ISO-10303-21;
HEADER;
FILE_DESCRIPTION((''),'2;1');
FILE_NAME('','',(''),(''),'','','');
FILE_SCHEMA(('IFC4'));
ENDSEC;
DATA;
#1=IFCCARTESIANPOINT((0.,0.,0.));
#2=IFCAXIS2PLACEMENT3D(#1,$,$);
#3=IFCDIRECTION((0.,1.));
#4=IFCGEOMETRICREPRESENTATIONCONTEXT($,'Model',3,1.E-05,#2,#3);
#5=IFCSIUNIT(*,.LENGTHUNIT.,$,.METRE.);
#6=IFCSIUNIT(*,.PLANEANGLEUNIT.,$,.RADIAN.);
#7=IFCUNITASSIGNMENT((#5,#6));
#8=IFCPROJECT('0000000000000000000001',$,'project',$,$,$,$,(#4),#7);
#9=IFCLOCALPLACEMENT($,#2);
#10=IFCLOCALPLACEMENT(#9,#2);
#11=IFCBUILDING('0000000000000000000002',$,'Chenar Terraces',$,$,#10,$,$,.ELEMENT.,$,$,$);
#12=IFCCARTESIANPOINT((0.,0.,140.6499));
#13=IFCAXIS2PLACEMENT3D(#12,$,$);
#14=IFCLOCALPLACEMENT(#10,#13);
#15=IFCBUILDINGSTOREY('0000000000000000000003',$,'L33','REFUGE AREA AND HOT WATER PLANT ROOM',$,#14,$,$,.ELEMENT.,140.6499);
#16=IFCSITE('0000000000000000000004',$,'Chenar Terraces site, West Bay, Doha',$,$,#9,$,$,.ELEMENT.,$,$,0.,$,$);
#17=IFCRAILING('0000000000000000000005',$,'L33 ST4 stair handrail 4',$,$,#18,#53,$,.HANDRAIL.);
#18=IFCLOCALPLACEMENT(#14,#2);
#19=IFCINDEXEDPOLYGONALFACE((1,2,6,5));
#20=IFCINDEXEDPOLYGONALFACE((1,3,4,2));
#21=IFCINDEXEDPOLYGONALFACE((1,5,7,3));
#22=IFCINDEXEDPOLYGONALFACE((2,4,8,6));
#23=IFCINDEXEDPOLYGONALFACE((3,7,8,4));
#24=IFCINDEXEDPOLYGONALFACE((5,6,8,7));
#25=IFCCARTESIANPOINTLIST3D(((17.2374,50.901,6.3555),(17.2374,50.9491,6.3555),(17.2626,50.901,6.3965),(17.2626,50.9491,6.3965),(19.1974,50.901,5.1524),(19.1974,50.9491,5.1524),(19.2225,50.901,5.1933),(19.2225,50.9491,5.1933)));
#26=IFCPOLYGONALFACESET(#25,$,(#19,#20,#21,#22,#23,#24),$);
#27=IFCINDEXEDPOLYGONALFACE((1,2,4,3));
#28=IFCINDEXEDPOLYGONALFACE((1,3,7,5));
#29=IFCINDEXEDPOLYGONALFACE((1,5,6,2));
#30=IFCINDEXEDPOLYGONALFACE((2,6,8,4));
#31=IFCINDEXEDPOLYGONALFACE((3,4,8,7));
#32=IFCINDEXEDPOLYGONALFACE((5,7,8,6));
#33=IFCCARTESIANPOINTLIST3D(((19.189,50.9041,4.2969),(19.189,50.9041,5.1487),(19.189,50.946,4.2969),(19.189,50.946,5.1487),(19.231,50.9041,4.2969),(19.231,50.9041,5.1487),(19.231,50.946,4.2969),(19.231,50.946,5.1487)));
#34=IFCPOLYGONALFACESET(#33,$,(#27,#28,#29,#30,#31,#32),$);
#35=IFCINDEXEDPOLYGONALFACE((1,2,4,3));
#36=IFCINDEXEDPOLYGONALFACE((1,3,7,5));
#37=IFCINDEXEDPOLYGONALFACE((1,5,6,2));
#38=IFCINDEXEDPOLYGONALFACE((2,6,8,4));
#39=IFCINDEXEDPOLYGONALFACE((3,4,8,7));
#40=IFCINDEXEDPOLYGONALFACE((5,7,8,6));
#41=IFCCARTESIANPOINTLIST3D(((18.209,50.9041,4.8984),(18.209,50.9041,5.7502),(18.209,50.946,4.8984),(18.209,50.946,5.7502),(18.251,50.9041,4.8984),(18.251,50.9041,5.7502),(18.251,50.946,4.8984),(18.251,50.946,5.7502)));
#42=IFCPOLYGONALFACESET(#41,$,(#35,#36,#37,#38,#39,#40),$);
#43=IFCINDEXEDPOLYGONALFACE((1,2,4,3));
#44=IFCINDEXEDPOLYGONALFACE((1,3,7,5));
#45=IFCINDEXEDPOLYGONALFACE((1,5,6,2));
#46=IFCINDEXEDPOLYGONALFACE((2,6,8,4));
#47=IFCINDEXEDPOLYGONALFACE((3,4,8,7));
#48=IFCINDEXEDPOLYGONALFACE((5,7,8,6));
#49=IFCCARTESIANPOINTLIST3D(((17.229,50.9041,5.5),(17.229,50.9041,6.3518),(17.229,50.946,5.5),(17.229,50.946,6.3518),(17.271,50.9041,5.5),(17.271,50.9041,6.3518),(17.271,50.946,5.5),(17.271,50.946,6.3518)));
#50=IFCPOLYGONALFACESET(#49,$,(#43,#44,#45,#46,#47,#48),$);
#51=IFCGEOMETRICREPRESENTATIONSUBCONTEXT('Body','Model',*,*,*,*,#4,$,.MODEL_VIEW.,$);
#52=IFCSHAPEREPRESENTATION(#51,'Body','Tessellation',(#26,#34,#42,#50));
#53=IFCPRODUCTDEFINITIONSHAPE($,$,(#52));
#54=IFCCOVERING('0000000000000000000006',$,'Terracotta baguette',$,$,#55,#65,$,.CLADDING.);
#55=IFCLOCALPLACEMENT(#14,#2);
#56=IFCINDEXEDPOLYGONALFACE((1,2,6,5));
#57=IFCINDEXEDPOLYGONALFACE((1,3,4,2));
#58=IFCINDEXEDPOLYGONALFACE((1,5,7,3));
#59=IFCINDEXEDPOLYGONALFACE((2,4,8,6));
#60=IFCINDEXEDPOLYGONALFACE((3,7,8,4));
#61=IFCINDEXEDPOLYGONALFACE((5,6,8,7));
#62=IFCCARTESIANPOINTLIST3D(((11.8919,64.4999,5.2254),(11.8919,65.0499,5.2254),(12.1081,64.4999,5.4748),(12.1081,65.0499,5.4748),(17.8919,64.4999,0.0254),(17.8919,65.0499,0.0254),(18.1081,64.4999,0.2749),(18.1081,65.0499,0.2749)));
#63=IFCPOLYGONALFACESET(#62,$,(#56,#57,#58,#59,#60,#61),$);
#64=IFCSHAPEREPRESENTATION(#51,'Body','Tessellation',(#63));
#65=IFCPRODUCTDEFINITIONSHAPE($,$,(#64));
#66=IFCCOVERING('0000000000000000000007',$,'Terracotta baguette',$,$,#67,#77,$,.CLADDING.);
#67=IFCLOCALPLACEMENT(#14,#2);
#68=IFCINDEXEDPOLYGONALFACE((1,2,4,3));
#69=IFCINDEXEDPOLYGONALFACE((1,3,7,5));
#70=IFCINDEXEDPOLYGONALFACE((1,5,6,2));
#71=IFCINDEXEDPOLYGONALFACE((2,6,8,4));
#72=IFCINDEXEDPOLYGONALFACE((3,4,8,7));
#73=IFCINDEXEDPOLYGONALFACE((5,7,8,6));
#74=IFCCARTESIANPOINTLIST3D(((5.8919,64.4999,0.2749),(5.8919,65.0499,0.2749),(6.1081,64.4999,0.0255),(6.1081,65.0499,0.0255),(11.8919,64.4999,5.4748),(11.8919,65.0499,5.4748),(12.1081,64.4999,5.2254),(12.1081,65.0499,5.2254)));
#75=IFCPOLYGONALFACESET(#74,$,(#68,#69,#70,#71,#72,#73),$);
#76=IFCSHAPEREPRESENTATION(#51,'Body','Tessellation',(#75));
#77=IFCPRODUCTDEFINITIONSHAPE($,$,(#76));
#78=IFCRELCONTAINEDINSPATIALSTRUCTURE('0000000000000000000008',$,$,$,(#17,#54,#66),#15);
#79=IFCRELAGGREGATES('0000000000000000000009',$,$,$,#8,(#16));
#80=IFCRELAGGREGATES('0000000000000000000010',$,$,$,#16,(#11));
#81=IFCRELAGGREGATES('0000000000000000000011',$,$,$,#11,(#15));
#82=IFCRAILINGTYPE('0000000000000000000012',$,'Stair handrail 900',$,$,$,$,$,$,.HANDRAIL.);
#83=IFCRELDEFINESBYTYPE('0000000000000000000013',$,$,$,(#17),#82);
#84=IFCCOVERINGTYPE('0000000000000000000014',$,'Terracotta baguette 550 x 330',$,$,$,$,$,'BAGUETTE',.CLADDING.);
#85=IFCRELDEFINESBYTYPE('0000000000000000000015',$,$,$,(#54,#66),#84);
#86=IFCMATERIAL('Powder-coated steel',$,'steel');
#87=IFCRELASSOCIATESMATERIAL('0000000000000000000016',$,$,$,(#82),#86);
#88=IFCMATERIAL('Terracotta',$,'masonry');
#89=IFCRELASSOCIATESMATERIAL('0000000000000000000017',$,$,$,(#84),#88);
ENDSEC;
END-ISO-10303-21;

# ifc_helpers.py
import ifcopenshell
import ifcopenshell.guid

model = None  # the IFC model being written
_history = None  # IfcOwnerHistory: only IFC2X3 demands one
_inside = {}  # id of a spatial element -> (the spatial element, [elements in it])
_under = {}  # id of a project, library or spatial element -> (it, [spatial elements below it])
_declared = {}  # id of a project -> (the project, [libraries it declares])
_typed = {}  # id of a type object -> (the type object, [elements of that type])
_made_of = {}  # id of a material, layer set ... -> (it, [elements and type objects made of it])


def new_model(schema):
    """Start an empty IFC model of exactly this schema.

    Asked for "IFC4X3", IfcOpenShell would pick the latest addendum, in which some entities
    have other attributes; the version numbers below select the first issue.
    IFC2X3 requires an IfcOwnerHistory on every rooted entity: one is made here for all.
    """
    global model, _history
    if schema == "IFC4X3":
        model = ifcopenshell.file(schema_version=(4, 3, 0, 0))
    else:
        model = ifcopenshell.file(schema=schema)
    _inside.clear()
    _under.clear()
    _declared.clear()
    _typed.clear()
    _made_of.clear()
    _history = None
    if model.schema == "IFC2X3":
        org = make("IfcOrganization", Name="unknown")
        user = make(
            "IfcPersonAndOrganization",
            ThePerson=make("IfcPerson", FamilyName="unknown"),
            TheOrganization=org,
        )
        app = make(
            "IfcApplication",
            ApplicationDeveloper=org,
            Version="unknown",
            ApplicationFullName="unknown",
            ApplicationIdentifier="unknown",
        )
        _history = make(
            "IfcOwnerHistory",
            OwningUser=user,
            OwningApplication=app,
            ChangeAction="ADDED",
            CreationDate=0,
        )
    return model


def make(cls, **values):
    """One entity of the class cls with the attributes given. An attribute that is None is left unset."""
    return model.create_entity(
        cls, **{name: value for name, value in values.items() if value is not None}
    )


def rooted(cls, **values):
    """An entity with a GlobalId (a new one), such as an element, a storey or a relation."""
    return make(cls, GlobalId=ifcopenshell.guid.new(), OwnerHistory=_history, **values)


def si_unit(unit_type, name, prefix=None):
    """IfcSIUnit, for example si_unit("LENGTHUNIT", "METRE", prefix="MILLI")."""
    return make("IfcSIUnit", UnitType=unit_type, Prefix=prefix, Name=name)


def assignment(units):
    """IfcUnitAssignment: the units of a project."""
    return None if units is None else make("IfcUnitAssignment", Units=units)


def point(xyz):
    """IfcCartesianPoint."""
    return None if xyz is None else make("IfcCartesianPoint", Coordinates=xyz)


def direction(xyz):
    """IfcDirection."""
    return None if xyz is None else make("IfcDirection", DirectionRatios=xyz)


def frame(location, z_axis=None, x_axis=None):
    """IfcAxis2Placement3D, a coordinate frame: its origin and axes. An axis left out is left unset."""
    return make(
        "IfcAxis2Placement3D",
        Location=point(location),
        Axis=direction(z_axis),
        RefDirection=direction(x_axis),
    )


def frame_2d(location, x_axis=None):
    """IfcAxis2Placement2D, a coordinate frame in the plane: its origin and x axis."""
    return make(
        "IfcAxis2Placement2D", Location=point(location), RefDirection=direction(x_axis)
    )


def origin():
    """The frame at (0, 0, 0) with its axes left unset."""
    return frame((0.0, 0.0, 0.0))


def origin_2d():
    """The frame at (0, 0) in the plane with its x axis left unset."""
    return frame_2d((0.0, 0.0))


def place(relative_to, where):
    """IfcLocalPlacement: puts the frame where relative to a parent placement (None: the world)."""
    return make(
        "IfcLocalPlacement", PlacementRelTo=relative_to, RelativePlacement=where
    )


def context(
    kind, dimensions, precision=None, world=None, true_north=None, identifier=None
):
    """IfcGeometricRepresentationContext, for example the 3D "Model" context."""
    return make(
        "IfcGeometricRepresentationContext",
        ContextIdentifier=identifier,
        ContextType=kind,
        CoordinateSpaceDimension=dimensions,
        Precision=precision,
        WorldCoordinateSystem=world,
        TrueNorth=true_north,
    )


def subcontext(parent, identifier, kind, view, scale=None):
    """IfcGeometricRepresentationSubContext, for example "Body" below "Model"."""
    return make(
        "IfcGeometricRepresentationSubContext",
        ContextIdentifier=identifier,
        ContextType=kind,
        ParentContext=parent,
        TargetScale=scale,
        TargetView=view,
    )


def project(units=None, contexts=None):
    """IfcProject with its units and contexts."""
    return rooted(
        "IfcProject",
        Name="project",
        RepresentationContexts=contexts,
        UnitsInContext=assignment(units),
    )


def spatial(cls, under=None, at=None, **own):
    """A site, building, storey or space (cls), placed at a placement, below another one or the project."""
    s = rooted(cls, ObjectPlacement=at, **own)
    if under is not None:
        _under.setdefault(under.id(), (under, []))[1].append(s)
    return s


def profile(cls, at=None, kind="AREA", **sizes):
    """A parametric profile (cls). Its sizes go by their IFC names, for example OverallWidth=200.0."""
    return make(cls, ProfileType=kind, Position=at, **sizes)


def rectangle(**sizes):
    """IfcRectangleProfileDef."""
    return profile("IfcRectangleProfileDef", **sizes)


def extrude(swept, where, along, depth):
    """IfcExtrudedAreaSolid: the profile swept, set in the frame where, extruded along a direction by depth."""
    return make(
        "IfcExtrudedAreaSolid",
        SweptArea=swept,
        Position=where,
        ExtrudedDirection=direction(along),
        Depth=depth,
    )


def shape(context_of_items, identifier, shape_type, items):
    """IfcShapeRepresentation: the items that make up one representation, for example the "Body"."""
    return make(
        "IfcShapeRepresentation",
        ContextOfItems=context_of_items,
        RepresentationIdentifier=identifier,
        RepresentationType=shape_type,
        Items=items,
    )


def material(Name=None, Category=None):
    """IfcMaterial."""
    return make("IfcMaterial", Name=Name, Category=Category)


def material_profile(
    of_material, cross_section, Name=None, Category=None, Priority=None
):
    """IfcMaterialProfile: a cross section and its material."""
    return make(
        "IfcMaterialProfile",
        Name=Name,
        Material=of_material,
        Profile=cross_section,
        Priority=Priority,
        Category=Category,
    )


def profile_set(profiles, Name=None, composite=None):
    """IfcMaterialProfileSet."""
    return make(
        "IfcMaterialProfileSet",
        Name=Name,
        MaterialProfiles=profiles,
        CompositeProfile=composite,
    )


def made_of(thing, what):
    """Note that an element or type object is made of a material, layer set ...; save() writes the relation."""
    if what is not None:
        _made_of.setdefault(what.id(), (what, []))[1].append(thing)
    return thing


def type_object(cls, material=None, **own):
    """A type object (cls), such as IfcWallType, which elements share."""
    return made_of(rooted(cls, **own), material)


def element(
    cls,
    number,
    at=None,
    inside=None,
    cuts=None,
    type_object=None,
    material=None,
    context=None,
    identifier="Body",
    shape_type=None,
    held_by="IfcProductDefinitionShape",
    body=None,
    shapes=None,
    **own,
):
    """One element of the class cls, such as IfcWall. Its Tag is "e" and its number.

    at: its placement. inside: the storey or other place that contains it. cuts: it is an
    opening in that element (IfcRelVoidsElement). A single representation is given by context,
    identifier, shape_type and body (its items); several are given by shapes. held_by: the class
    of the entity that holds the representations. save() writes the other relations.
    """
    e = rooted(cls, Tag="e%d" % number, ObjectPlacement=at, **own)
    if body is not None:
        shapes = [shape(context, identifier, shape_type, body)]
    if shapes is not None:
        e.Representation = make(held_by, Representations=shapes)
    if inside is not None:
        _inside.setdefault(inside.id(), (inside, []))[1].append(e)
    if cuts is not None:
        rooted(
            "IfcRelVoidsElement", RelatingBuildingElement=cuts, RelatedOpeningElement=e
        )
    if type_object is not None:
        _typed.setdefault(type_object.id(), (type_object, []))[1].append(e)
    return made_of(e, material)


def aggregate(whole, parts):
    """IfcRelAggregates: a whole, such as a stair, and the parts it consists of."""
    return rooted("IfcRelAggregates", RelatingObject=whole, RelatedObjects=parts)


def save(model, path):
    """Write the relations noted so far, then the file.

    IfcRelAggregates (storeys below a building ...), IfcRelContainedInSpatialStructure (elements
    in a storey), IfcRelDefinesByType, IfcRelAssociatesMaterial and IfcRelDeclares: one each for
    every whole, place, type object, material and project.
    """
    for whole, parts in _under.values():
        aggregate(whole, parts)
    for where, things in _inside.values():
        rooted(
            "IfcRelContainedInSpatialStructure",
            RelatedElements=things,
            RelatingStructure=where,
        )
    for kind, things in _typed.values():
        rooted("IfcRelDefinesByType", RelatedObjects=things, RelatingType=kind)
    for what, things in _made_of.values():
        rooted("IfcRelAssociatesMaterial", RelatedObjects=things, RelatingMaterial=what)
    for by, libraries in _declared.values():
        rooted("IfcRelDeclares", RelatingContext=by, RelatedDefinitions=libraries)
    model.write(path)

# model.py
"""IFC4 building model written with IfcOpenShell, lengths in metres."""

from ifc_helpers import new_model, si_unit, direction, frame, origin, origin_2d, place, context, subcontext, project, spatial, rectangle, extrude, material, material_profile, profile_set, type_object, element, save


model = new_model("IFC4")

# Units and contexts
model_context = context("Model", 3, precision=1e-05, world=origin(), true_north=direction((0.0, 1.0)))
body_context = subcontext(model_context, "Body", "Model", "MODEL_VIEW")
ifc_project = project(units=[si_unit("LENGTHUNIT", "METRE"), si_unit("PLANEANGLEUNIT", "RADIAN")], contexts=[model_context])

# Site, building, storey
site_placement = place(None, origin())
site = spatial("IfcSite", under=ifc_project, at=site_placement, Name="Chenar Terraces site, West Bay, Doha", CompositionType="ELEMENT", RefElevation=0.0)
building_placement = place(site_placement, origin())
building = spatial("IfcBuilding", under=site, at=building_placement, Name="Chenar Terraces", CompositionType="ELEMENT")
storey_placement = place(building_placement, frame((0.0, 0.0, 140.6499)))
storey = spatial("IfcBuildingStorey", under=building, at=storey_placement, Name="L33", Description="REFUGE AREA AND HOT WATER PLANT ROOM", CompositionType="ELEMENT", Elevation=140.6499)

# Railing
ifc_material_1 = material(Name="Powder-coated steel", Category="steel")
railing_type_1 = type_object("IfcRailingType", Name="Stair handrail 900", PredefinedType="HANDRAIL", material=ifc_material_1)
railing_1_placement = place(storey_placement, frame((19.21, 50.925, 4.2969)))
element("IfcRailing", 1, at=railing_1_placement, inside=storey, type_object=railing_type_1, Name="L33 ST4 stair handrail 4", PredefinedType="HANDRAIL", context=body_context, shape_type="SweptSolid", body=[
    extrude(rectangle(XDim=0.0481, YDim=0.0481, at=origin_2d()), frame((0.0, 0.0, 0.876), z_axis=(-0.852241, 0.0, 0.523149), x_axis=(0.0, -1.0, 0.0)), (0.0, 0.0, 1.0), 2.2998),
    extrude(rectangle(XDim=0.042, YDim=0.042, at=origin_2d()), origin(), (0.0, 0.0, 1.0), 0.8518),
    extrude(rectangle(XDim=0.042, YDim=0.042, at=origin_2d()), frame((-0.98, 0.0, 0.6016)), (0.0, 0.0, 1.0), 0.8518),
    extrude(rectangle(XDim=0.042, YDim=0.042, at=origin_2d()), frame((-1.96, 0.0, 1.2031)), (0.0, 0.0, 1.0), 0.8518),
])

# Coverings
ifc_material_2 = material(Name="Terracotta", Category="masonry")
ifc_material_profile_1 = material_profile(ifc_material_2, rectangle(XDim=0.55, YDim=0.3301, at=origin_2d()), Name="Terracotta baguette 550 x 330")
ifc_profile_set_1 = profile_set([ifc_material_profile_1], Name="Terracotta")
covering_type = type_object("IfcCoveringType", Name="Terracotta baguette 550 x 330", ElementType="BAGUETTE", PredefinedType="CLADDING", material=ifc_profile_set_1)
for number, where, z_axis, x_axis, name in (
    (2, (18.0, 64.7749, 0.1501), (-0.755692, 0.0, 0.654927), (0.0, -1.0, 0.0), "Terracotta baguette"),
    (3, (12.0, 64.7749, 5.3501), (-0.755692, 0.0, -0.654927), (0.0, -1.0, 0.0), "Terracotta baguette"),
):
    element("IfcCovering", number, at=place(storey_placement, frame(where, z_axis=z_axis, x_axis=x_axis)), inside=storey, type_object=covering_type, Name=name, PredefinedType="CLADDING", context=body_context, shape_type="SweptSolid", body=[
        extrude(rectangle(XDim=0.55, YDim=0.3301, at=origin_2d()), origin(), (0.0, 0.0, 1.0), 7.9397),
    ])

save(model, "model.ifc")
